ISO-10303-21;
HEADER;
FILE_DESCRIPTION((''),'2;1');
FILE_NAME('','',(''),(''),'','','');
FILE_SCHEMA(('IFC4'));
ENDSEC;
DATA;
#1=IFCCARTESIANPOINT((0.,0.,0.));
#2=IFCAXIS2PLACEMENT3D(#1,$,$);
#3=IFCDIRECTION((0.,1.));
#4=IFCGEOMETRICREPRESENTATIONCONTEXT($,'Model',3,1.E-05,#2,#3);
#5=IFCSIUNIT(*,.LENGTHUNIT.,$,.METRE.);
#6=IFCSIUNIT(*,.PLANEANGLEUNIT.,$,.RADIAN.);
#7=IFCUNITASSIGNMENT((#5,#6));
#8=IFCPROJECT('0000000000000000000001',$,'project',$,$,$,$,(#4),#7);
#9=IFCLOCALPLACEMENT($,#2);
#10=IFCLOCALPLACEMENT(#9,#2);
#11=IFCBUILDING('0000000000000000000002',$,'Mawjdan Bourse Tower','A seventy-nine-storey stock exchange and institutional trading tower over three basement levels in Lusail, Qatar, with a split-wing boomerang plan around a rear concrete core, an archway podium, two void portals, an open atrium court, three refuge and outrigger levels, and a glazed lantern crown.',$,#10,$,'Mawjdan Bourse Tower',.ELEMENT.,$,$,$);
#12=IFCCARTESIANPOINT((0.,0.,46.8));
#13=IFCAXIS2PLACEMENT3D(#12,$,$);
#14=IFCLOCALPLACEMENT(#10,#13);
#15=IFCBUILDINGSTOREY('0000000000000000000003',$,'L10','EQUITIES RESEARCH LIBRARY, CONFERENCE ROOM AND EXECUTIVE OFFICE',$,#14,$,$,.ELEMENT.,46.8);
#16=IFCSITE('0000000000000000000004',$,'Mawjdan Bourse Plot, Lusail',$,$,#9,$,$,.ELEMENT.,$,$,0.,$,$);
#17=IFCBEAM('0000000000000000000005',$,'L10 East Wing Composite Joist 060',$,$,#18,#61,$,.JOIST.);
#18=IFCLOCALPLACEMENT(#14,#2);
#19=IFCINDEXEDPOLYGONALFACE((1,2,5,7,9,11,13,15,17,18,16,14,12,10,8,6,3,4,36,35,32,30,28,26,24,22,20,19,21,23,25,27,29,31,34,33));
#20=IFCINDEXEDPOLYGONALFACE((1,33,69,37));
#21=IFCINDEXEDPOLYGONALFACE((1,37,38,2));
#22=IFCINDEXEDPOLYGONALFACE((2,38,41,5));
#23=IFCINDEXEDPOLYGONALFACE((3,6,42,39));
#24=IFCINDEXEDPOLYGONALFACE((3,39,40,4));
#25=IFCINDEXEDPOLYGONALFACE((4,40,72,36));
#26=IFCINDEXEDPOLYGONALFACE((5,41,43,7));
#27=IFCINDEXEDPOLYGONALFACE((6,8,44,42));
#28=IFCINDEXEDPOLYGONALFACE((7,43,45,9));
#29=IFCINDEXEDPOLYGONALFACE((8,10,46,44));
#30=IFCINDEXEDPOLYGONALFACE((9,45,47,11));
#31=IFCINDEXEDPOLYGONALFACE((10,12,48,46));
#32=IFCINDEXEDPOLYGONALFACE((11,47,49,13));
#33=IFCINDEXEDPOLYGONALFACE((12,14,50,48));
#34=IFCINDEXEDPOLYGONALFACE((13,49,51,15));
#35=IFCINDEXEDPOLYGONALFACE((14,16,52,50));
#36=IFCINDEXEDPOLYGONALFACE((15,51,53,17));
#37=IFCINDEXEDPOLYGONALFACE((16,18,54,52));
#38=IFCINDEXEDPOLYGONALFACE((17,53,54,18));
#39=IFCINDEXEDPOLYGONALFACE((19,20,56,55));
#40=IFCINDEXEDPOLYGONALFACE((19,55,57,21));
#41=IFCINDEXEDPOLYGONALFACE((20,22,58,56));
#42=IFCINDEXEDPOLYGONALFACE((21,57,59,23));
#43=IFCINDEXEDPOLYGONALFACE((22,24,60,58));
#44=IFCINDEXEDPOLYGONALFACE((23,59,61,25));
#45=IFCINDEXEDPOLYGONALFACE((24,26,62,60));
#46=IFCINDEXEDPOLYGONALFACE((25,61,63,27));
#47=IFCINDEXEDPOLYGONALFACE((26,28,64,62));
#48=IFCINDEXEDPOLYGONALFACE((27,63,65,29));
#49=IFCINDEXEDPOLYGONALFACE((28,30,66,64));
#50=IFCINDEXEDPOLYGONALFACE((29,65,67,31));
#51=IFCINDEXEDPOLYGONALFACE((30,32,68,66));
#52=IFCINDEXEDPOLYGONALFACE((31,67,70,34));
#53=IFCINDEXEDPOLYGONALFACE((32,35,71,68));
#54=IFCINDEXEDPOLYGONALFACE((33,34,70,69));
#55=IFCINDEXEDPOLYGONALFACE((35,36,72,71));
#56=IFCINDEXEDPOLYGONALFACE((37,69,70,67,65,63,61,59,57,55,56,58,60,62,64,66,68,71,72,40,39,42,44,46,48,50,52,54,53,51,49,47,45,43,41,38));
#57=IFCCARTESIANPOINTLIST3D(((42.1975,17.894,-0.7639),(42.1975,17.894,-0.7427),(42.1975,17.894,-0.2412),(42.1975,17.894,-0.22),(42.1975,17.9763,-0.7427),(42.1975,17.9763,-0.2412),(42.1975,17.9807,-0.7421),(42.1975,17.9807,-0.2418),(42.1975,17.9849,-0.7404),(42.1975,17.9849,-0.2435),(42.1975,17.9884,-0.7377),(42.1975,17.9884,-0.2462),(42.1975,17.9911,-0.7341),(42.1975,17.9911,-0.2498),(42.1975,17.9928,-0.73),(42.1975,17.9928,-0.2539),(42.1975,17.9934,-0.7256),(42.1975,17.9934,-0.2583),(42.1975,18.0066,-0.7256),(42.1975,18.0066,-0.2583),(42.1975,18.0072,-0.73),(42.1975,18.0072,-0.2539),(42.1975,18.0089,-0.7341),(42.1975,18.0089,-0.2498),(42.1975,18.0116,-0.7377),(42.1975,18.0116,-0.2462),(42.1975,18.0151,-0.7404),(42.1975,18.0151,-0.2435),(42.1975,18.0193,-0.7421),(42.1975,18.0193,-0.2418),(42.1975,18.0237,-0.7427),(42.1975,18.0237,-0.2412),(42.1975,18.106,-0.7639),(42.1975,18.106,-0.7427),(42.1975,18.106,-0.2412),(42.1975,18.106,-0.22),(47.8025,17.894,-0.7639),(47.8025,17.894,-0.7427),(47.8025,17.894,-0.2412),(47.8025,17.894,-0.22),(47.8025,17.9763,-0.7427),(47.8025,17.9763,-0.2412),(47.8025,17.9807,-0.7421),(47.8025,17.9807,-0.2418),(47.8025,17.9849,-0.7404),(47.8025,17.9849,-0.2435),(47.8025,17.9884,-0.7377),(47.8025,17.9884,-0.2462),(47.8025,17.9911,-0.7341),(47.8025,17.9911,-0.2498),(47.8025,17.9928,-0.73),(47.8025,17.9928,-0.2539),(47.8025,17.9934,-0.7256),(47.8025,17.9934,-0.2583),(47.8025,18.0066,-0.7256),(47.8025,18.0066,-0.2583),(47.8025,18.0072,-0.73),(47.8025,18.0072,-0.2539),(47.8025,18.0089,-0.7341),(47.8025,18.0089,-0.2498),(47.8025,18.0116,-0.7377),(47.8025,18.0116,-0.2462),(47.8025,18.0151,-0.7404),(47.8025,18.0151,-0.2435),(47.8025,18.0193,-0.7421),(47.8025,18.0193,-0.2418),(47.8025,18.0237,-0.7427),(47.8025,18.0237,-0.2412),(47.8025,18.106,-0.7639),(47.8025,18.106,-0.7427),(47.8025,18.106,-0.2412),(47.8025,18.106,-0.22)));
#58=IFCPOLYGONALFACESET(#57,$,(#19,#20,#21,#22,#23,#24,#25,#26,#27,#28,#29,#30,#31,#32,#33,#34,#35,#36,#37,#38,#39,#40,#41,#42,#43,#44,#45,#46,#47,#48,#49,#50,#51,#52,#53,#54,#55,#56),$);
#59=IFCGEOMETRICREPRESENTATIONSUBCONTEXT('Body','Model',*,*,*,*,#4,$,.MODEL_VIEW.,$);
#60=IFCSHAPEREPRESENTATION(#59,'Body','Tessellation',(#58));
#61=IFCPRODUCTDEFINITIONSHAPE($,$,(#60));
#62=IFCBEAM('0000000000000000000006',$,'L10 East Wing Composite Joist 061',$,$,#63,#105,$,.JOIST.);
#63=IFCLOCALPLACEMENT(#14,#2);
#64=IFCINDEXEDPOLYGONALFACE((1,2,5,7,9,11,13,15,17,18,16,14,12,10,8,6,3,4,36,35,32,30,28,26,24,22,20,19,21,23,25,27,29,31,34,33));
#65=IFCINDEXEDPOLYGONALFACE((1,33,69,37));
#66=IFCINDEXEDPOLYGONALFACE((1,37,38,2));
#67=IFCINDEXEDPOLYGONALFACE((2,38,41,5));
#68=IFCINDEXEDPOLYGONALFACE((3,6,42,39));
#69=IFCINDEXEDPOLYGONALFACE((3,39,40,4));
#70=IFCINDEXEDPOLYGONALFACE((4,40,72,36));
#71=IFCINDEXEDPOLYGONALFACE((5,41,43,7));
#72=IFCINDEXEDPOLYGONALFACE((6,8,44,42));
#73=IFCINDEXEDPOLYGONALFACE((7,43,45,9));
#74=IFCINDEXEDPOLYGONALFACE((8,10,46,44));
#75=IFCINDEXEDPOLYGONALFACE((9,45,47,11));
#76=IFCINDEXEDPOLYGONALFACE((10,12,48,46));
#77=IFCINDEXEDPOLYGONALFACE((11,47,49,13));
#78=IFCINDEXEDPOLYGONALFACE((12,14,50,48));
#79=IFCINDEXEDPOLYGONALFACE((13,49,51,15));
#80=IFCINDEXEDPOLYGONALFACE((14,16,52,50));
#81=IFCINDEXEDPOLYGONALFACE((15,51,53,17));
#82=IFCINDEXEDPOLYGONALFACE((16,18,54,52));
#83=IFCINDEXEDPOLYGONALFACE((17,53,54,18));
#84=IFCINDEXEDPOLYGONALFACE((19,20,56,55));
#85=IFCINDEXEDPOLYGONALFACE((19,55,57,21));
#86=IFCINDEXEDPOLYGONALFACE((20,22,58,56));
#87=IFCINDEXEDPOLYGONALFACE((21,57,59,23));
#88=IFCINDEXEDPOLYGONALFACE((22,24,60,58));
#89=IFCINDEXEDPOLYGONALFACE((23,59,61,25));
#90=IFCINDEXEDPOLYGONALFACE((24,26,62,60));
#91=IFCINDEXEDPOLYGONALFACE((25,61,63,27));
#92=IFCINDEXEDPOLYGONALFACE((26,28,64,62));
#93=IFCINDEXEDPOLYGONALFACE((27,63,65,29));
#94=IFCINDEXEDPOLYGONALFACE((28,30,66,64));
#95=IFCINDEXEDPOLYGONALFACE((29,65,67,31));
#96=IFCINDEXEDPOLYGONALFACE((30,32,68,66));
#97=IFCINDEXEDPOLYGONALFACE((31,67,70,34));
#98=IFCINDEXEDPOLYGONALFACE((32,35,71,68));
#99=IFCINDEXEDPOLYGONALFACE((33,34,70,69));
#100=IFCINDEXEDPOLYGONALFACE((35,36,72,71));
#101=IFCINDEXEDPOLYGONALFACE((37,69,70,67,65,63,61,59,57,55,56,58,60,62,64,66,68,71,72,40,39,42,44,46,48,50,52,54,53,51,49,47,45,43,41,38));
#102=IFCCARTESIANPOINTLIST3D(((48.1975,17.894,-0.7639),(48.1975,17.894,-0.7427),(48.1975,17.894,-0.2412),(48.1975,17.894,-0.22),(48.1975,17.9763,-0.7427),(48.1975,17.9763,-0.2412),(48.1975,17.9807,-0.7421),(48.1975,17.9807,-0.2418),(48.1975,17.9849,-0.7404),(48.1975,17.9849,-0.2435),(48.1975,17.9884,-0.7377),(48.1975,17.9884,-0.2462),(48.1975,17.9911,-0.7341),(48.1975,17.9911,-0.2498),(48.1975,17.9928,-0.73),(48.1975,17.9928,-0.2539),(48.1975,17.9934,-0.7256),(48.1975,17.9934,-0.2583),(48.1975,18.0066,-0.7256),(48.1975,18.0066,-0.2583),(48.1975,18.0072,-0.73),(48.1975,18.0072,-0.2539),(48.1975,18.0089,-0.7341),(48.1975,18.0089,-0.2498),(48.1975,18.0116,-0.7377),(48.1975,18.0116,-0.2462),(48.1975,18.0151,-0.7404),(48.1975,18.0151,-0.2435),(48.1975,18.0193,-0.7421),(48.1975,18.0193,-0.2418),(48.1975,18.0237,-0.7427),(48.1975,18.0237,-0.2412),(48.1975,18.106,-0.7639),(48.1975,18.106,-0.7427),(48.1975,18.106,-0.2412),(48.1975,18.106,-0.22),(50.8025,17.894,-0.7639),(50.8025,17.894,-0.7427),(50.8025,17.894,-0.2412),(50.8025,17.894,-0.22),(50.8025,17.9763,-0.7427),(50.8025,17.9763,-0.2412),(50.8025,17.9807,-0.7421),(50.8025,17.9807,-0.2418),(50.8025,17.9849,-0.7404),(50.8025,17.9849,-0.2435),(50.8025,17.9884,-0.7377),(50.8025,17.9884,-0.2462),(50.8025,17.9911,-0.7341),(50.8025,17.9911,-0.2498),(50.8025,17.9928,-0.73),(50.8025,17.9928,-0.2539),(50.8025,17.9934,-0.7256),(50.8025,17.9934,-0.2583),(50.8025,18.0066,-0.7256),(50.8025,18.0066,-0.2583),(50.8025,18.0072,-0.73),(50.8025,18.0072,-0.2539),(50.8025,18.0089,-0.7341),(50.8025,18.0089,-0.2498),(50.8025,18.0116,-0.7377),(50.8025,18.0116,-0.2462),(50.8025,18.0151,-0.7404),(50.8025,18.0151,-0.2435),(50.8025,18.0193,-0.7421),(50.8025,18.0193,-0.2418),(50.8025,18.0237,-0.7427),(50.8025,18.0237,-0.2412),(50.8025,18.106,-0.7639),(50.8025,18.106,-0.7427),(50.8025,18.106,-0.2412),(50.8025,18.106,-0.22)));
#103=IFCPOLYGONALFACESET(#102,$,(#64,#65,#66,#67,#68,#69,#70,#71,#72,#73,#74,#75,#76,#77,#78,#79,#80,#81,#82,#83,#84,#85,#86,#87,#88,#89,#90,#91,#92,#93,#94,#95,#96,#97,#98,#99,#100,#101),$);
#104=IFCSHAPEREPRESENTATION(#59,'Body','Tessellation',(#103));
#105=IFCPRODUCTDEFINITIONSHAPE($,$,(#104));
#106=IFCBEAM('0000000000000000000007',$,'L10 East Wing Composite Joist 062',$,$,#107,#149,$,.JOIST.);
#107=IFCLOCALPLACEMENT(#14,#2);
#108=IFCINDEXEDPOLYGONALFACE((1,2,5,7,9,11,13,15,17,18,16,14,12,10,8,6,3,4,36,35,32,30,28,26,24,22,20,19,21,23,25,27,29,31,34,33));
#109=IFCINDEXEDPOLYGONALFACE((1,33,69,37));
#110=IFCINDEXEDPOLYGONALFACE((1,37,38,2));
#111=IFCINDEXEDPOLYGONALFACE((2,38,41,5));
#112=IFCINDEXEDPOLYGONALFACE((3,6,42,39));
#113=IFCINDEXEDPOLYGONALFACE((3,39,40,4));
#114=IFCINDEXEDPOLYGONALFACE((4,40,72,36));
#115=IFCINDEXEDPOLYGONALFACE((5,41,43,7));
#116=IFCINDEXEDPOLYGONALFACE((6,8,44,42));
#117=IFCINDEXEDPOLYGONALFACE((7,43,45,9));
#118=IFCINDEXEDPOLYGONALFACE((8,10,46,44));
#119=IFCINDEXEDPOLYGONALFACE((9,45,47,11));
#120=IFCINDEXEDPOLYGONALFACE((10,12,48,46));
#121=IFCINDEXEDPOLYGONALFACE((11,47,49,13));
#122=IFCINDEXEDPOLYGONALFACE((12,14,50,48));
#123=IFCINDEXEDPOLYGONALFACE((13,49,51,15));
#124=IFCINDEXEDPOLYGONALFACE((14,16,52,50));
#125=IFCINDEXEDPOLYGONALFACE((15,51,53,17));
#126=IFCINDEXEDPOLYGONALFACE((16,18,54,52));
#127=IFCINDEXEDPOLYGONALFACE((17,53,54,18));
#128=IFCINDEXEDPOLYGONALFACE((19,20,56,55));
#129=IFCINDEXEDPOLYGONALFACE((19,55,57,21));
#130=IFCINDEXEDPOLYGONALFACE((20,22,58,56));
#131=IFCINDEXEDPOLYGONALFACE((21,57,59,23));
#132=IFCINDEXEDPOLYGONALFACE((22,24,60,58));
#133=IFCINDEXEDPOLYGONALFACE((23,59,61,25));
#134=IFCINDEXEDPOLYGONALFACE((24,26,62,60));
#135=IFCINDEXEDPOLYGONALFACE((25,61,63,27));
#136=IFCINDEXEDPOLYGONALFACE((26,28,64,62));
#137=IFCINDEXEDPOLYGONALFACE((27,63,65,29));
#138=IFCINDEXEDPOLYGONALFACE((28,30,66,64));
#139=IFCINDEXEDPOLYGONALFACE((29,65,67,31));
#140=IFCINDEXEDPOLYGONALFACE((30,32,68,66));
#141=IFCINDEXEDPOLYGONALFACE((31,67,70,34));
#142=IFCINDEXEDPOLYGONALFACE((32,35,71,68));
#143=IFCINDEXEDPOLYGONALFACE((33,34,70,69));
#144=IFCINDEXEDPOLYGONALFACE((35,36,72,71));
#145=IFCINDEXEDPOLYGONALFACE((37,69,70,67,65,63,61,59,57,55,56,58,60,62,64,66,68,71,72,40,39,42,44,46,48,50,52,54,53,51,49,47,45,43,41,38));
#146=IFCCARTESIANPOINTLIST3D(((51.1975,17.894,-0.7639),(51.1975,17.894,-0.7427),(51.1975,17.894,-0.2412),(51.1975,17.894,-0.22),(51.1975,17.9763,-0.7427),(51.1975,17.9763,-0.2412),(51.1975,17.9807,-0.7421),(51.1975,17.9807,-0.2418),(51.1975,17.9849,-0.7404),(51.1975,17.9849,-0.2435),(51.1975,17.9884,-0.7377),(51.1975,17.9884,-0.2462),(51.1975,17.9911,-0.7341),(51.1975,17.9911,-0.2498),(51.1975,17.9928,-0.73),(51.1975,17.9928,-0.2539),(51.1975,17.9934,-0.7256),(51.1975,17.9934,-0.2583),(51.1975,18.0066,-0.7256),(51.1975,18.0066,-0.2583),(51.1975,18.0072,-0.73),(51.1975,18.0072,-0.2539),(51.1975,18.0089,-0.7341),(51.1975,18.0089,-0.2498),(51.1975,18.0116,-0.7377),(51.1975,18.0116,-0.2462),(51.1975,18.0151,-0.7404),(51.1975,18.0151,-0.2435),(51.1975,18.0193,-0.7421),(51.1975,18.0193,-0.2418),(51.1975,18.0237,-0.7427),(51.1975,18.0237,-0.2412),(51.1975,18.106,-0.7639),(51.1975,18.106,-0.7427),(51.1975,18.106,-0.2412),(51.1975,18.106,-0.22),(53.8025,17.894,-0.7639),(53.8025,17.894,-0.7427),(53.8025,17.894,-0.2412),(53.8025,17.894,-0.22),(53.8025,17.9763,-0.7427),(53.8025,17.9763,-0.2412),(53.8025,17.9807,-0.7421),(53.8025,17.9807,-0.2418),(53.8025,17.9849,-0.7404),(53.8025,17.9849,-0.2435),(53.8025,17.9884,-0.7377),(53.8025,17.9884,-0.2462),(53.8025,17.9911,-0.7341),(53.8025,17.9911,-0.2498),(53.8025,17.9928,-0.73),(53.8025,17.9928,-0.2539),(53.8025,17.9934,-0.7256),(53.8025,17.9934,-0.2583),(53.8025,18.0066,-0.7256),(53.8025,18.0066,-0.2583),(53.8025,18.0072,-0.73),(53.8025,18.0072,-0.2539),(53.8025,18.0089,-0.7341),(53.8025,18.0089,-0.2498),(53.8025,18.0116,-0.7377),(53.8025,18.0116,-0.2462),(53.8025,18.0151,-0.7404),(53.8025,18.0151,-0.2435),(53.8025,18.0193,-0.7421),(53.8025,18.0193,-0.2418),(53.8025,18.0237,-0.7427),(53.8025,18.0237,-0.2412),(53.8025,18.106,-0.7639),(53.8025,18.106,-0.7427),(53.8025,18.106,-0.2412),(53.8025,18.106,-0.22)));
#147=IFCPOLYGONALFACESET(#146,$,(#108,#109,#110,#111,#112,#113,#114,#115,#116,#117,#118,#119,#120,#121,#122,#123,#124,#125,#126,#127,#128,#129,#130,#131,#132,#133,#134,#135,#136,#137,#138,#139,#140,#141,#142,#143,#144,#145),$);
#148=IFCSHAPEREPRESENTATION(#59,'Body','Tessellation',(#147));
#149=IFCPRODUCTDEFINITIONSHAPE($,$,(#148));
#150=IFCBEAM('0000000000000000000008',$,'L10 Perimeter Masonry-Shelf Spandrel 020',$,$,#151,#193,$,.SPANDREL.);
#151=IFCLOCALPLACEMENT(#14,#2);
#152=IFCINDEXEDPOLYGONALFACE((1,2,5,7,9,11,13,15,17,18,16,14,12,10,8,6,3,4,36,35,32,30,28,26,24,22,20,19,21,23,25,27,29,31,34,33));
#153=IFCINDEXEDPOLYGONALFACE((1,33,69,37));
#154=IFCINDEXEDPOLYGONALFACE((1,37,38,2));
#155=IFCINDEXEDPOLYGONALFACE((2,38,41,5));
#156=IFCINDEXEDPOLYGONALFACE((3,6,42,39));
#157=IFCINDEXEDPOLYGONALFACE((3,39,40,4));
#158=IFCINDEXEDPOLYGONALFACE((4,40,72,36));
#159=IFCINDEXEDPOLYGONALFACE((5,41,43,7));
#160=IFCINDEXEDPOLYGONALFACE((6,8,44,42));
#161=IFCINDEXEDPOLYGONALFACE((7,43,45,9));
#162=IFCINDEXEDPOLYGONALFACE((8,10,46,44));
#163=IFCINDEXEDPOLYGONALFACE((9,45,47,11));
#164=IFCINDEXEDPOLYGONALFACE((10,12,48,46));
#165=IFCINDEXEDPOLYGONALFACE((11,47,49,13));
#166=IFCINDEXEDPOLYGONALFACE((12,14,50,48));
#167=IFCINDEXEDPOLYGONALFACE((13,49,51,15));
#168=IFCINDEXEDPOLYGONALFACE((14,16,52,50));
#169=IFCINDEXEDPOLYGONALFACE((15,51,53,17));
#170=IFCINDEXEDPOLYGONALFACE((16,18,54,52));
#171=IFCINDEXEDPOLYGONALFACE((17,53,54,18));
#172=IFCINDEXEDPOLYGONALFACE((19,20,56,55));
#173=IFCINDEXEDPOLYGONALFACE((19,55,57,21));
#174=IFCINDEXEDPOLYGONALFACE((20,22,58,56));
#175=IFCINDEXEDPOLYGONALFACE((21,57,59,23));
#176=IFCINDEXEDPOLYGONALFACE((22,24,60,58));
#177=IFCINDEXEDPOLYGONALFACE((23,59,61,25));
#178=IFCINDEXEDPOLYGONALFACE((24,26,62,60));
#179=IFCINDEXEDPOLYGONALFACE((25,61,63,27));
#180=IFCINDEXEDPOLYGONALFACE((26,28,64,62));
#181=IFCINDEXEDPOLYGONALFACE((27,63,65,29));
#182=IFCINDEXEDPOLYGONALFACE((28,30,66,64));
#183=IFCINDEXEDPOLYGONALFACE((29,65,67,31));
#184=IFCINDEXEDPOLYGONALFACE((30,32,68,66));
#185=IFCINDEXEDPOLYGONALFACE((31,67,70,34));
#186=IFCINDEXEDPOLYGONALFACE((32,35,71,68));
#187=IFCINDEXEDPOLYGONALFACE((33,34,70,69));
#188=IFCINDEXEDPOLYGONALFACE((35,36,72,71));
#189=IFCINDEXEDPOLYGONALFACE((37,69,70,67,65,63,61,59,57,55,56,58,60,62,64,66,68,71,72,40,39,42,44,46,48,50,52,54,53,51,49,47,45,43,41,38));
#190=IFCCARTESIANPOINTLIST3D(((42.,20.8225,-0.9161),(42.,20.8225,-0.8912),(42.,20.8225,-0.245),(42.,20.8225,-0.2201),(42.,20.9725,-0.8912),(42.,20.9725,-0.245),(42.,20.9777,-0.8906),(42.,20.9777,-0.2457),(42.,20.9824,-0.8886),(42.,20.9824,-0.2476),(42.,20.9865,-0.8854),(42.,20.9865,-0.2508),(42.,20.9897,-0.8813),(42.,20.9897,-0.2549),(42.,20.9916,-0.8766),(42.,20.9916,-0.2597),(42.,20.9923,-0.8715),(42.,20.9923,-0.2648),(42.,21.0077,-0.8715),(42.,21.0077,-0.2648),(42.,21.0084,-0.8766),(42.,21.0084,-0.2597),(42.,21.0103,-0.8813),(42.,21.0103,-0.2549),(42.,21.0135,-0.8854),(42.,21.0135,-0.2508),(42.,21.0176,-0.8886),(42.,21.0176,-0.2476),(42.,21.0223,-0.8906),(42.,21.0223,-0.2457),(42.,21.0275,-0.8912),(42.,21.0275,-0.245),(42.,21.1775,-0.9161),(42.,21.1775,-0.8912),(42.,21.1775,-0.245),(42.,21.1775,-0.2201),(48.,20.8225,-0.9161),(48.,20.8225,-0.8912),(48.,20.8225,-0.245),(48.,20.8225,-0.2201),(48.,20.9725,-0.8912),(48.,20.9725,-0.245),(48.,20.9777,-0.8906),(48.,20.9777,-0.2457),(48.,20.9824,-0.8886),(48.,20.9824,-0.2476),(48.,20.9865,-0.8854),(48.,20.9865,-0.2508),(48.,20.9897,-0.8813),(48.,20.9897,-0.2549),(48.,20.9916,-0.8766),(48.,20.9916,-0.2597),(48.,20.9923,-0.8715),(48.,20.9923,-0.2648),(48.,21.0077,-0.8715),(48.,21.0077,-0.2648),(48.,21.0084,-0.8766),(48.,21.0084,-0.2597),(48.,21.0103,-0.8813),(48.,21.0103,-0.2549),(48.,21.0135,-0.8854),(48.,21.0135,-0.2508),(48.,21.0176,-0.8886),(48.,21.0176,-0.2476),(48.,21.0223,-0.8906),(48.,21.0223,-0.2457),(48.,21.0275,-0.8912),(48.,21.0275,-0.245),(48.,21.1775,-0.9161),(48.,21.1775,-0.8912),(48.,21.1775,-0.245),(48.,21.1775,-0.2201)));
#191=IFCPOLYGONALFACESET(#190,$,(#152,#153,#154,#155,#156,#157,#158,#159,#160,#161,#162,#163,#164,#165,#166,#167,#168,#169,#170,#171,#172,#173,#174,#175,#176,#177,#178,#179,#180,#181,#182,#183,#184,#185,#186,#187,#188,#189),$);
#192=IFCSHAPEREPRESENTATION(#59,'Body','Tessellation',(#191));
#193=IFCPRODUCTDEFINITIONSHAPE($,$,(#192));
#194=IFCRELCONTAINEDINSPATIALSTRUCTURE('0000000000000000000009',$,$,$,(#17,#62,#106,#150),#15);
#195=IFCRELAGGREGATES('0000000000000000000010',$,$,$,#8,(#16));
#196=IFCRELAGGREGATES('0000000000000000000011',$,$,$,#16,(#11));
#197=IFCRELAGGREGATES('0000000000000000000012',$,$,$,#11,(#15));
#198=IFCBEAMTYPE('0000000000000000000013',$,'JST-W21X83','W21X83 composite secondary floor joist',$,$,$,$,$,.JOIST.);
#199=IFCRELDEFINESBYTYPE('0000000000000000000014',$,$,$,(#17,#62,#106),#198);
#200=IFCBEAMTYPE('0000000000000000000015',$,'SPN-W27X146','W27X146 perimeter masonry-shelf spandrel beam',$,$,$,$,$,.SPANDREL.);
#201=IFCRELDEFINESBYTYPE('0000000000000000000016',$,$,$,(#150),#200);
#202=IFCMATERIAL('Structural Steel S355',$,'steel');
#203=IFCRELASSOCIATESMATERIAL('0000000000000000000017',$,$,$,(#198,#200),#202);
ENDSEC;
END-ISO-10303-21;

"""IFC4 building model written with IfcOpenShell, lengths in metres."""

from ifc_helpers import new_model, si_unit, direction, frame, origin, origin_2d, place, context, subcontext, project, spatial, i_section, extrude, material, material_profile, profile_set, type_object, element, save


model = new_model("IFC4")

# Units and contexts
model_context = context("Model", 3, precision=1e-05, world=origin(), true_north=direction((0.0, 1.0)))
body_context = subcontext(model_context, "Body", "Model", "MODEL_VIEW")
ifc_project = project(units=[si_unit("LENGTHUNIT", "METRE"), si_unit("PLANEANGLEUNIT", "RADIAN")], contexts=[model_context])

# Site, building, storey
site_placement = place(None, origin())
site = spatial("IfcSite", under=ifc_project, at=site_placement, Name="Mawjdan Bourse Plot, Lusail", CompositionType="ELEMENT", RefElevation=0.0)
building_placement = place(site_placement, origin())
building = spatial("IfcBuilding", under=site, at=building_placement, Name="Mawjdan Bourse Tower", Description="A seventy-nine-storey stock exchange and institutional trading tower over three basement levels in Lusail, Qatar, with a split-wing boomerang plan around a rear concrete core, an archway podium, two void portals, an open atrium court, three refuge and outrigger levels, and a glazed lantern crown.", LongName="Mawjdan Bourse Tower", CompositionType="ELEMENT")
storey_placement = place(building_placement, frame((0.0, 0.0, 46.8)))
storey = spatial("IfcBuildingStorey", under=building, at=storey_placement, Name="L10", Description="EQUITIES RESEARCH LIBRARY, CONFERENCE ROOM AND EXECUTIVE OFFICE", CompositionType="ELEMENT", Elevation=46.8)

# Beams
ifc_material_1 = material(Name="Structural Steel S355", Category="steel")
ifc_material_profile_1 = material_profile(ifc_material_1, i_section(OverallWidth=0.2119, OverallDepth=0.5439, WebThickness=0.0132, FlangeThickness=0.0212, FilletRadius=0.0171, at=origin_2d()), Name="W21X83")
ifc_profile_set_1 = profile_set([ifc_material_profile_1], Name="Structural Steel S355")
beam_type_1 = type_object("IfcBeamType", Name="JST-W21X83", Description="W21X83 composite secondary floor joist", PredefinedType="JOIST", material=ifc_profile_set_1)
beam_1_placement = place(storey_placement, frame((42.1975, 18.0, -0.4919), z_axis=(1.0, 0.0, 0.0), x_axis=(0.0, 1.0, 0.0)))
element("IfcBeam", 1, at=beam_1_placement, inside=storey, type_object=beam_type_1, Name="L10 East Wing Composite Joist 060", PredefinedType="JOIST", context=body_context, shape_type="SweptSolid", body=[
    extrude(i_section(OverallWidth=0.2119, OverallDepth=0.5439, WebThickness=0.0132, FlangeThickness=0.0212, FilletRadius=0.0171, at=origin_2d()), origin(), (0.0, 0.0, 1.0), 5.605),
])
for number, where, z_axis, x_axis, name in (
    (2, (48.1975, 18.0, -0.4919), (1.0, 0.0, 0.0), (0.0, 1.0, 0.0), "L10 East Wing Composite Joist 061"),
    (3, (51.1975, 18.0, -0.4919), (1.0, 0.0, 0.0), (0.0, 1.0, 0.0), "L10 East Wing Composite Joist 062"),
):
    element("IfcBeam", number, at=place(storey_placement, frame(where, z_axis=z_axis, x_axis=x_axis)), inside=storey, type_object=beam_type_1, Name=name, PredefinedType="JOIST", context=body_context, shape_type="SweptSolid", body=[
        extrude(i_section(OverallWidth=0.2119, OverallDepth=0.5439, WebThickness=0.0132, FlangeThickness=0.0212, FilletRadius=0.0171, at=origin_2d()), origin(), (0.0, 0.0, 1.0), 2.605),
    ])
ifc_material_profile_2 = material_profile(ifc_material_1, i_section(OverallWidth=0.355, OverallDepth=0.696, WebThickness=0.0154, FlangeThickness=0.0249, FilletRadius=0.0198, at=origin_2d()), Name="W27X146")
ifc_profile_set_2 = profile_set([ifc_material_profile_2], Name="Structural Steel S355")
beam_type_2 = type_object("IfcBeamType", Name="SPN-W27X146", Description="W27X146 perimeter masonry-shelf spandrel beam", PredefinedType="SPANDREL", material=ifc_profile_set_2)
beam_2_placement = place(storey_placement, frame((42.0, 21.0, -0.5681), z_axis=(1.0, 0.0, 0.0), x_axis=(0.0, 1.0, 0.0)))
element("IfcBeam", 4, at=beam_2_placement, inside=storey, type_object=beam_type_2, Name="L10 Perimeter Masonry-Shelf Spandrel 020", PredefinedType="SPANDREL", context=body_context, shape_type="SweptSolid", body=[
    extrude(i_section(OverallWidth=0.355, OverallDepth=0.696, WebThickness=0.0154, FlangeThickness=0.0249, FilletRadius=0.0198, at=origin_2d()), origin(), (0.0, 0.0, 1.0), 6.0),
])

save(model, "model.ifc")
